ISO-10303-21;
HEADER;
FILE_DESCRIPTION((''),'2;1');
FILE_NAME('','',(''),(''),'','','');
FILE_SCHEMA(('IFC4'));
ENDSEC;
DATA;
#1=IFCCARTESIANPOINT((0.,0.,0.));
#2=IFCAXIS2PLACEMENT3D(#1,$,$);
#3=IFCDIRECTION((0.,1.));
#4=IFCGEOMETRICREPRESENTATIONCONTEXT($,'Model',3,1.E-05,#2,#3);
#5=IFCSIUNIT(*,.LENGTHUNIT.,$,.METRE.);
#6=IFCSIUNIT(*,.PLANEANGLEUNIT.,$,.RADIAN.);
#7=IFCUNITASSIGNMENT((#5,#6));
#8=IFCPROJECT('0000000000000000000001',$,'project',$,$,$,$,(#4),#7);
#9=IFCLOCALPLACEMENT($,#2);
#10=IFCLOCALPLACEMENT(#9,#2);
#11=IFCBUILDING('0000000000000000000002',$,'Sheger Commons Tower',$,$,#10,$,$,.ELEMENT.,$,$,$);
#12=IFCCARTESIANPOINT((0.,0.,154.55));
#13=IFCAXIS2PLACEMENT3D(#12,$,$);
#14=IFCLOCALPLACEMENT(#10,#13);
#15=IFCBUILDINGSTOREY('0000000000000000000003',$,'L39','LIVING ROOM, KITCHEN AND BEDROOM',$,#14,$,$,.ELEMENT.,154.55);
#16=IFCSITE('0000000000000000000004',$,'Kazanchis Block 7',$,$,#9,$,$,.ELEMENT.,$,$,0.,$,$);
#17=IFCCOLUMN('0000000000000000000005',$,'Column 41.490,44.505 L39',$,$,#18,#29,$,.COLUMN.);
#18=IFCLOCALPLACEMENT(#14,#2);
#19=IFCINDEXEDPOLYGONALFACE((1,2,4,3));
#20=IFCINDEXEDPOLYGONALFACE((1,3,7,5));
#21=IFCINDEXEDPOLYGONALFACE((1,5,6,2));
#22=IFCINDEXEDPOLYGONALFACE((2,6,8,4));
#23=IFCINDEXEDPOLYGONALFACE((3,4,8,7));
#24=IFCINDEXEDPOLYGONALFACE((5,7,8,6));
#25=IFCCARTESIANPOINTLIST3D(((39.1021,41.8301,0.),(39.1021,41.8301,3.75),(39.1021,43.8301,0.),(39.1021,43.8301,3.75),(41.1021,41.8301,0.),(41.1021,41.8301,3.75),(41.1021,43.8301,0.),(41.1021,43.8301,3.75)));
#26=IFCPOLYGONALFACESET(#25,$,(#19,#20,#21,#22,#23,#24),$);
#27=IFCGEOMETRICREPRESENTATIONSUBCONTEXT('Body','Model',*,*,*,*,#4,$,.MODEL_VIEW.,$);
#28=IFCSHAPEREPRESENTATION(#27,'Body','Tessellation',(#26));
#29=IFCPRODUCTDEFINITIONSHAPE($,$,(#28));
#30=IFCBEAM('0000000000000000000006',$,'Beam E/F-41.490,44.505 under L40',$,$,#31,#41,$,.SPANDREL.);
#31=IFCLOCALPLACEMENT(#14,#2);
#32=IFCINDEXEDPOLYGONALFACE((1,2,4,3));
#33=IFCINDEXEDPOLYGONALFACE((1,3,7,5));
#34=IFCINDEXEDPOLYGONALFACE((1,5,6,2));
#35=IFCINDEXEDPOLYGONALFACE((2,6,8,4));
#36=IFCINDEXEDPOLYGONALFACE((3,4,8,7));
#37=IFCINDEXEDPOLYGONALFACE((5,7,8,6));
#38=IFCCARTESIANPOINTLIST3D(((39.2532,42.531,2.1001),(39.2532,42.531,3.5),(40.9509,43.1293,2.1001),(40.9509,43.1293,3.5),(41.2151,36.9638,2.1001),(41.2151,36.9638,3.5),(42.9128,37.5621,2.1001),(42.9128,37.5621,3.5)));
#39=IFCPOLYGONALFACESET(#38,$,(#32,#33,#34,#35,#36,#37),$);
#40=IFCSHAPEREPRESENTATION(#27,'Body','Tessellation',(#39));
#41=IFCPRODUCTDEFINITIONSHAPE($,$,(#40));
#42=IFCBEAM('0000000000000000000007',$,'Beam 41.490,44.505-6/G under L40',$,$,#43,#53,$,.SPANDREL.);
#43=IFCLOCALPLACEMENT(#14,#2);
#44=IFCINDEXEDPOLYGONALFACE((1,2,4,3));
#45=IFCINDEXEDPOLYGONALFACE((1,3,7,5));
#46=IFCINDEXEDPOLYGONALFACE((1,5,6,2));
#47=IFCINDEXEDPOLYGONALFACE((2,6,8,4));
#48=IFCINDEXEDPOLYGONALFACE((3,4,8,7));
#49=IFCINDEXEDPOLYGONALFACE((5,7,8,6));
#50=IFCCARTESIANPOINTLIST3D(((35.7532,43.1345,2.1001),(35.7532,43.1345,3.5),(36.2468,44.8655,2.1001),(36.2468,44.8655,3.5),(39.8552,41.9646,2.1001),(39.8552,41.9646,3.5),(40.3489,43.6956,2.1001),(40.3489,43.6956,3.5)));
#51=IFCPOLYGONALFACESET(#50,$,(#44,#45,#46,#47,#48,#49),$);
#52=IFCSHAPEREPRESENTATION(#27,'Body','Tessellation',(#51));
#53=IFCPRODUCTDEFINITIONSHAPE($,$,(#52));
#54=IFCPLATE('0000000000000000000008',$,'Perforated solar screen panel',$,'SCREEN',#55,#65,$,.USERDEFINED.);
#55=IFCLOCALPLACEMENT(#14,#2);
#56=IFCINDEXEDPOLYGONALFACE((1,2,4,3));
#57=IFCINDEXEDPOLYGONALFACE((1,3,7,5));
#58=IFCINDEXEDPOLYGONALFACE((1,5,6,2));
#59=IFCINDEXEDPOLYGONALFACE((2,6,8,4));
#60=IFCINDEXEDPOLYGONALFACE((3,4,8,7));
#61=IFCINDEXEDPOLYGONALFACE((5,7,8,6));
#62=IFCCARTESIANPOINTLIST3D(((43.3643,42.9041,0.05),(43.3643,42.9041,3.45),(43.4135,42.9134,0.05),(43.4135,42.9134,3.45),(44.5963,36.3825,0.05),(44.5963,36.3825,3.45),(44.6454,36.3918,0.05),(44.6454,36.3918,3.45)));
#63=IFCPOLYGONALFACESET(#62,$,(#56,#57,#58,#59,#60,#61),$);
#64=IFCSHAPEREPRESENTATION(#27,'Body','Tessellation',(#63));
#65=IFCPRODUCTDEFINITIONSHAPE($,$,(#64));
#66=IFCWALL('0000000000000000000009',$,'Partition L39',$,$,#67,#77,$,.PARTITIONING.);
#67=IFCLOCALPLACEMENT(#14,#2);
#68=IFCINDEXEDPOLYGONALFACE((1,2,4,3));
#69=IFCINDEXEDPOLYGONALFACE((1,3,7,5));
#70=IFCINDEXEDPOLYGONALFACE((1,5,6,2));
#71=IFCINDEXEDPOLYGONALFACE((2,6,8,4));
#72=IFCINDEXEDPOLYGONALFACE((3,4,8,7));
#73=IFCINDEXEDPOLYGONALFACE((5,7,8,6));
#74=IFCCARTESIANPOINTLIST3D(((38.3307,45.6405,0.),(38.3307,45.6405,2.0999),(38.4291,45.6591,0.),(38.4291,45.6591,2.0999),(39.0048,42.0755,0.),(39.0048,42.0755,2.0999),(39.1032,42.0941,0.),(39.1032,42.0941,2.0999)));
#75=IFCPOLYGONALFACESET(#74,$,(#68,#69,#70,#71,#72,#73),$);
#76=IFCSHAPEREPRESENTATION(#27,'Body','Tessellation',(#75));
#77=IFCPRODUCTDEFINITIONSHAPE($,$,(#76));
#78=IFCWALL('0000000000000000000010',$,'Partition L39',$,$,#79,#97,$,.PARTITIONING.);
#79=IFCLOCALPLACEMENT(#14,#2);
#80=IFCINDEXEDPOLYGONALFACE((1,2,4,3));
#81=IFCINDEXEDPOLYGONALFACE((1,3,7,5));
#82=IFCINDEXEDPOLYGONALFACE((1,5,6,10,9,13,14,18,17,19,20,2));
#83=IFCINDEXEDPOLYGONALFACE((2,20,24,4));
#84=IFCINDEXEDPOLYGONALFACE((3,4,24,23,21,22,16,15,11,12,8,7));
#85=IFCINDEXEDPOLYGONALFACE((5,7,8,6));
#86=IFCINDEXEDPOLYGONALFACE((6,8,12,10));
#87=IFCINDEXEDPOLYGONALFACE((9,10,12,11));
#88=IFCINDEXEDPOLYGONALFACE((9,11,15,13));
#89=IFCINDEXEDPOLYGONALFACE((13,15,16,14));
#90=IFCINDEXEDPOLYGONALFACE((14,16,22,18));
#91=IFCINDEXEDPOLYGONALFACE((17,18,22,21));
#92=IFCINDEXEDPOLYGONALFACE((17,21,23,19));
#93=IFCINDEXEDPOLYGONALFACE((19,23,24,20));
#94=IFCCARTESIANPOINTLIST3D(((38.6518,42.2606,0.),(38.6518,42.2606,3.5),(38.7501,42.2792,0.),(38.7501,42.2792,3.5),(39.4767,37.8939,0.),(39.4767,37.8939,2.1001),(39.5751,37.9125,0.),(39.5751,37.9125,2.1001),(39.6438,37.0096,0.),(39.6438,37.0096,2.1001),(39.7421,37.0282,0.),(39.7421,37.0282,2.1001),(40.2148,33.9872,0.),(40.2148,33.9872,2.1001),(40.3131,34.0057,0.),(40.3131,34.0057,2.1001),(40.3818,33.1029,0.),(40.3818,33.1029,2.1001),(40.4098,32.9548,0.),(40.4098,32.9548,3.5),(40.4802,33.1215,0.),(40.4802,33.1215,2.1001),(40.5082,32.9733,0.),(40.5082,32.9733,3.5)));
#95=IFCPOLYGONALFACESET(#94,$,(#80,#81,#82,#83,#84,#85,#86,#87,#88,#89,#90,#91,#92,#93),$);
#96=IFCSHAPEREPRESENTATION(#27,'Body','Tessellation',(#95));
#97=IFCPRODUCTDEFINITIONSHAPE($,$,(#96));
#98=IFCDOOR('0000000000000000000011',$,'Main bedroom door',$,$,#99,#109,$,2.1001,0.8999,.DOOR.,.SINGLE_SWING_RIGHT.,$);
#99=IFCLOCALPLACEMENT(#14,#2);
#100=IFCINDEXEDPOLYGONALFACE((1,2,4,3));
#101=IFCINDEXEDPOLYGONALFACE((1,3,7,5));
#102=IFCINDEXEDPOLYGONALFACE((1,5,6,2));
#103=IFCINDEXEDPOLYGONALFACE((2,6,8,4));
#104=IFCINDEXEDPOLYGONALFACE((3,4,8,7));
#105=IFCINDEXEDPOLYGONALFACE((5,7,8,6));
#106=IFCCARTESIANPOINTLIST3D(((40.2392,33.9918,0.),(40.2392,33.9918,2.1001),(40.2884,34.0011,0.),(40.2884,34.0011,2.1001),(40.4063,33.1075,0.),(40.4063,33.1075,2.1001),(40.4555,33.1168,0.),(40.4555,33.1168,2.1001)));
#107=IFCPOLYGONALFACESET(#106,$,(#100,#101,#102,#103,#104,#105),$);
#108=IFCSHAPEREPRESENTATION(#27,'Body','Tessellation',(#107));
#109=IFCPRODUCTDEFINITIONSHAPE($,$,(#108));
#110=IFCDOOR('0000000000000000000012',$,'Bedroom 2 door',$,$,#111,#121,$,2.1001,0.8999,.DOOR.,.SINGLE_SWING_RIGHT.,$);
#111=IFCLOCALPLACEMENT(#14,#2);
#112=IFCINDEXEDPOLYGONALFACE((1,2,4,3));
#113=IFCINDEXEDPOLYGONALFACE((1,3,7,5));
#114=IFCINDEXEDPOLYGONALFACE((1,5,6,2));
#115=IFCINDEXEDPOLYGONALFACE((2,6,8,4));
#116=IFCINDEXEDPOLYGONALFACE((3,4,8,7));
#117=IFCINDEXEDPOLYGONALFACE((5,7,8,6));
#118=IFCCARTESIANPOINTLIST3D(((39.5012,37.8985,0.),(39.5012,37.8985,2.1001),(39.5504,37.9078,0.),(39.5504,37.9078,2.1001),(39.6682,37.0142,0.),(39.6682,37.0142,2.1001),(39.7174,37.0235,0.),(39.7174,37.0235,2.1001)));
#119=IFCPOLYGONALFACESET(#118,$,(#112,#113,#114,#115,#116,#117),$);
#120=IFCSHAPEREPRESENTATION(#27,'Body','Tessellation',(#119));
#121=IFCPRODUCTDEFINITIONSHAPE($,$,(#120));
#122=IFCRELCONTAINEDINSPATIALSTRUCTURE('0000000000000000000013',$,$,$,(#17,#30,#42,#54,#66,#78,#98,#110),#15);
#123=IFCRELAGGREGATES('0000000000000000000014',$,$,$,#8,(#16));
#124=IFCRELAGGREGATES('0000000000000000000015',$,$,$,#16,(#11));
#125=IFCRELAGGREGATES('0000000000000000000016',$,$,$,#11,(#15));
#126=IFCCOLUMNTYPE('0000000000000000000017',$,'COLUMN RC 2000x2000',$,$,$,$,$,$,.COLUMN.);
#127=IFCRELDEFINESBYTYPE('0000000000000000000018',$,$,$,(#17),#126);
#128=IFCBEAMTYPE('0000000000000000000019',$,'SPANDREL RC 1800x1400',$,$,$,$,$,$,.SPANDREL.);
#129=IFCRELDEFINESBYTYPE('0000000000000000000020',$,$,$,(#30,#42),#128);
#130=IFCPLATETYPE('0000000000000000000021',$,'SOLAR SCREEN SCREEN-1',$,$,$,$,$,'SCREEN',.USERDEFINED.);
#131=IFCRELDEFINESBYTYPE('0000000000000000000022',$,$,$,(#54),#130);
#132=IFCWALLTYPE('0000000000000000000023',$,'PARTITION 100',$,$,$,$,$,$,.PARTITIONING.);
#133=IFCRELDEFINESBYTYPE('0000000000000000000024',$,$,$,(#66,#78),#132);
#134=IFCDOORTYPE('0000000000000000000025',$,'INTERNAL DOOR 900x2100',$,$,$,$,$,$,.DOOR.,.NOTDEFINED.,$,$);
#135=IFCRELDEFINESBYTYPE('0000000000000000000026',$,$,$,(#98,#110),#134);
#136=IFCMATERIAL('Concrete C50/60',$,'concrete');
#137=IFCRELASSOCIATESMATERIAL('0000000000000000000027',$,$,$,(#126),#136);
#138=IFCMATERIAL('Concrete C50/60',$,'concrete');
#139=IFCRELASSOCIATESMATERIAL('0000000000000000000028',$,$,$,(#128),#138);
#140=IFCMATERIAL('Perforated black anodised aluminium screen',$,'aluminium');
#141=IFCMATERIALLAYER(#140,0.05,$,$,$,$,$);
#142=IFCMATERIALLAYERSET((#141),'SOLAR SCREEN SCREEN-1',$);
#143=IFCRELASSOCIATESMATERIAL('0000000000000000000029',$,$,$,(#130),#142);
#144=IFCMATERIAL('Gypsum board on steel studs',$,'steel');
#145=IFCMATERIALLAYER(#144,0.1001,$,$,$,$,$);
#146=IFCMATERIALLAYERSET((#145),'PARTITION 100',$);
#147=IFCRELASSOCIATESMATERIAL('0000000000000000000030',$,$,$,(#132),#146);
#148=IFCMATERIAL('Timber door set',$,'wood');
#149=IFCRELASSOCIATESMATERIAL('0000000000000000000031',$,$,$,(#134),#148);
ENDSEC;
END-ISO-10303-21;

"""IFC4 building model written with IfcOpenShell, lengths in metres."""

from ifc_helpers import new_model, si_unit, direction, frame, frame_2d, origin, origin_2d, place, context, subcontext, project, spatial, rectangle, extrude, material, layer, layer_set, material_profile, profile_set, type_object, element, fill, save


model = new_model("IFC4")

# Units and contexts
model_context = context("Model", 3, precision=1e-05, world=origin(), true_north=direction((0.0, 1.0)))
body_context = subcontext(model_context, "Body", "Model", "MODEL_VIEW")
ifc_project = project(units=[si_unit("LENGTHUNIT", "METRE"), si_unit("PLANEANGLEUNIT", "RADIAN")], contexts=[model_context])

# Site, building, storey
site_placement = place(None, origin())
site = spatial("IfcSite", under=ifc_project, at=site_placement, Name="Kazanchis Block 7", CompositionType="ELEMENT", RefElevation=0.0)
building_placement = place(site_placement, origin())
building = spatial("IfcBuilding", under=site, at=building_placement, Name="Sheger Commons Tower", CompositionType="ELEMENT")
storey_placement = place(building_placement, frame((0.0, 0.0, 154.55)))
storey = spatial("IfcBuildingStorey", under=building, at=storey_placement, Name="L39", Description="LIVING ROOM, KITCHEN AND BEDROOM", CompositionType="ELEMENT", Elevation=154.55)

# Column
ifc_material_1 = material(Name="Concrete C50/60", Category="concrete")
ifc_material_profile_1 = material_profile(ifc_material_1, rectangle(XDim=2.0, YDim=2.0, at=origin_2d()), Name="RC 2000x2000")
ifc_profile_set_1 = profile_set([ifc_material_profile_1], Name="Concrete C50/60")
column_type = type_object("IfcColumnType", Name="COLUMN RC 2000x2000", PredefinedType="COLUMN", material=ifc_profile_set_1)
column_placement = place(storey_placement, frame((40.1021, 42.8301, 0.0), z_axis=(0.0, 0.0, 1.0), x_axis=(1.0, 0.0, 0.0)))
element("IfcColumn", 1, at=column_placement, inside=storey, type_object=column_type, Name="Column 41.490,44.505 L39", PredefinedType="COLUMN", context=body_context, shape_type="SweptSolid", body=[
    extrude(rectangle(XDim=2.0, YDim=2.0, at=origin_2d()), origin(), (0.0, 0.0, 1.0), 3.75),
])

# Beams
ifc_material_2 = material(Name="Concrete C50/60", Category="concrete")
ifc_material_profile_2 = material_profile(ifc_material_2, rectangle(XDim=1.8, YDim=1.3999, at=origin_2d()), Name="RC 1800x1400")
ifc_profile_set_2 = profile_set([ifc_material_profile_2], Name="Concrete C50/60")
beam_type = type_object("IfcBeamType", Name="SPANDREL RC 1800x1400", PredefinedType="SPANDREL", material=ifc_profile_set_2)
beam_1_placement = place(storey_placement, frame((42.064, 37.2629, 2.8), z_axis=(-0.332374, 0.943148, 0.0), x_axis=(-0.943148, -0.332374, 0.0)))
element("IfcBeam", 2, at=beam_1_placement, inside=storey, type_object=beam_type, Name="Beam E/F-41.490,44.505 under L40", PredefinedType="SPANDREL", context=body_context, shape_type="SweptSolid", body=[
    extrude(rectangle(XDim=1.8, YDim=1.3999, at=origin_2d()), origin(), (0.0, 0.0, 1.0), 5.9028),
])
beam_2_placement = place(storey_placement, frame((40.1021, 42.8301, 2.8), z_axis=(-0.961653, 0.274268, 0.0), x_axis=(-0.274268, -0.961653, 0.0)))
element("IfcBeam", 3, at=beam_2_placement, inside=storey, type_object=beam_type, Name="Beam 41.490,44.505-6/G under L40", PredefinedType="SPANDREL", context=body_context, shape_type="SweptSolid", body=[
    extrude(rectangle(XDim=1.8, YDim=1.3999, at=origin_2d()), origin(), (0.0, 0.0, 1.0), 4.2656),
])

# Plate
ifc_material_3 = material(Name="Perforated black anodised aluminium screen", Category="aluminium")
ifc_layer_1 = layer(ifc_material_3, 0.05)
ifc_layer_set_1 = layer_set([ifc_layer_1], Name="SOLAR SCREEN SCREEN-1")
plate_type = type_object("IfcPlateType", Name="SOLAR SCREEN SCREEN-1", ElementType="SCREEN", PredefinedType="USERDEFINED", material=ifc_layer_set_1)
plate_placement = place(storey_placement, frame((44.0049, 39.6479, 0.05), z_axis=(0.0, 0.0, 1.0), x_axis=(-0.185615, 0.982623, 0.0)))
element("IfcPlate", 4, at=plate_placement, inside=storey, type_object=plate_type, Name="Perforated solar screen panel", ObjectType="SCREEN", PredefinedType="USERDEFINED", context=body_context, shape_type="SweptSolid", body=[
    extrude(rectangle(XDim=6.637, YDim=0.05, at=origin_2d()), origin(), (0.0, 0.0, 1.0), 3.3999),
])

# Wall
ifc_material_4 = material(Name="Gypsum board on steel studs", Category="steel")
ifc_layer_2 = layer(ifc_material_4, 0.1001)
ifc_layer_set_2 = layer_set([ifc_layer_2], Name="PARTITION 100")
wall_type = type_object("IfcWallType", Name="PARTITION 100", PredefinedType="PARTITIONING", material=ifc_layer_set_2)
wall_1_placement = place(storey_placement, frame((39.054, 42.085, 0.0), z_axis=(0.0, 0.0, 1.0), x_axis=(-0.185792, 0.982589, 0.0)))
element("IfcWall", 5, at=wall_1_placement, inside=storey, type_object=wall_type, Name="Partition L39", PredefinedType="PARTITIONING", context=body_context, shape_type="SweptSolid", body=[
    extrude(rectangle(XDim=3.6282, YDim=0.1001, at=frame_2d((1.814, 0.0))), origin(), (0.0, 0.0, 1.0), 2.0999),
])

# Wall, openings, doors
wall_2_placement = place(storey_placement, frame((38.7009, 42.27, 0.0), z_axis=(0.0, 0.0, 1.0), x_axis=(0.185635, -0.982619, 0.0)))
wall_2 = element("IfcWall", 6, at=wall_2_placement, inside=storey, type_object=wall_type, Name="Partition L39", PredefinedType="PARTITIONING", context=body_context, shape_type="SweptSolid", body=[
    extrude(rectangle(XDim=9.4705, YDim=0.1001, at=frame_2d((4.7354, 0.0))), origin(), (0.0, 0.0, 1.0), 3.5),
])
opening_1_placement = place(wall_2_placement, frame((8.4199, 0.0, 0.0)))
opening_1 = element("IfcOpeningElement", 7, at=opening_1_placement, cuts=wall_2, PredefinedType="OPENING", context=body_context, shape_type="SweptSolid", body=[
    extrude(rectangle(XDim=0.8999, YDim=2.1001, at=frame_2d((0.45, 1.05))), frame((0.0, 0.0601, 0.0), z_axis=(0.0, -1.0, 0.0), x_axis=(1.0, 0.0, 0.0)), (0.0, 0.0, 1.0), 0.1201),
])
opening_2_placement = place(wall_2_placement, frame((4.4441, 0.0, 0.0)))
opening_2 = element("IfcOpeningElement", 8, at=opening_2_placement, cuts=wall_2, PredefinedType="OPENING", context=body_context, shape_type="SweptSolid", body=[
    extrude(rectangle(XDim=0.8999, YDim=2.1001, at=frame_2d((0.45, 1.05))), frame((0.0, 0.0601, 0.0), z_axis=(0.0, -1.0, 0.0), x_axis=(1.0, 0.0, 0.0)), (0.0, 0.0, 1.0), 0.1201),
])
ifc_material_5 = material(Name="Timber door set", Category="wood")
door_type = type_object("IfcDoorType", Name="INTERNAL DOOR 900x2100", OperationType="NOTDEFINED", PredefinedType="DOOR", material=ifc_material_5)
door_1_placement = place(opening_1_placement, origin())
door_1 = element("IfcDoor", 9, at=door_1_placement, inside=storey, type_object=door_type, Name="Main bedroom door", OperationType="SINGLE_SWING_RIGHT", OverallHeight=2.1001, OverallWidth=0.8999, PredefinedType="DOOR", context=body_context, shape_type="SweptSolid", body=[
    extrude(rectangle(XDim=0.8999, YDim=2.1001, at=frame_2d((0.45, 1.05))), frame((0.0, 0.0249, 0.0), z_axis=(0.0, -1.0, 0.0), x_axis=(1.0, 0.0, 0.0)), (0.0, 0.0, 1.0), 0.05),
])
fill(opening_1, door_1)
door_2_placement = place(opening_2_placement, origin())
door_2 = element("IfcDoor", 10, at=door_2_placement, inside=storey, type_object=door_type, Name="Bedroom 2 door", OperationType="SINGLE_SWING_RIGHT", OverallHeight=2.1001, OverallWidth=0.8999, PredefinedType="DOOR", context=body_context, shape_type="SweptSolid", body=[
    extrude(rectangle(XDim=0.8999, YDim=2.1001, at=frame_2d((0.45, 1.05))), frame((0.0, 0.0249, 0.0), z_axis=(0.0, -1.0, 0.0), x_axis=(1.0, 0.0, 0.0)), (0.0, 0.0, 1.0), 0.05),
])
fill(opening_2, door_2)

save(model, "model.ifc")
